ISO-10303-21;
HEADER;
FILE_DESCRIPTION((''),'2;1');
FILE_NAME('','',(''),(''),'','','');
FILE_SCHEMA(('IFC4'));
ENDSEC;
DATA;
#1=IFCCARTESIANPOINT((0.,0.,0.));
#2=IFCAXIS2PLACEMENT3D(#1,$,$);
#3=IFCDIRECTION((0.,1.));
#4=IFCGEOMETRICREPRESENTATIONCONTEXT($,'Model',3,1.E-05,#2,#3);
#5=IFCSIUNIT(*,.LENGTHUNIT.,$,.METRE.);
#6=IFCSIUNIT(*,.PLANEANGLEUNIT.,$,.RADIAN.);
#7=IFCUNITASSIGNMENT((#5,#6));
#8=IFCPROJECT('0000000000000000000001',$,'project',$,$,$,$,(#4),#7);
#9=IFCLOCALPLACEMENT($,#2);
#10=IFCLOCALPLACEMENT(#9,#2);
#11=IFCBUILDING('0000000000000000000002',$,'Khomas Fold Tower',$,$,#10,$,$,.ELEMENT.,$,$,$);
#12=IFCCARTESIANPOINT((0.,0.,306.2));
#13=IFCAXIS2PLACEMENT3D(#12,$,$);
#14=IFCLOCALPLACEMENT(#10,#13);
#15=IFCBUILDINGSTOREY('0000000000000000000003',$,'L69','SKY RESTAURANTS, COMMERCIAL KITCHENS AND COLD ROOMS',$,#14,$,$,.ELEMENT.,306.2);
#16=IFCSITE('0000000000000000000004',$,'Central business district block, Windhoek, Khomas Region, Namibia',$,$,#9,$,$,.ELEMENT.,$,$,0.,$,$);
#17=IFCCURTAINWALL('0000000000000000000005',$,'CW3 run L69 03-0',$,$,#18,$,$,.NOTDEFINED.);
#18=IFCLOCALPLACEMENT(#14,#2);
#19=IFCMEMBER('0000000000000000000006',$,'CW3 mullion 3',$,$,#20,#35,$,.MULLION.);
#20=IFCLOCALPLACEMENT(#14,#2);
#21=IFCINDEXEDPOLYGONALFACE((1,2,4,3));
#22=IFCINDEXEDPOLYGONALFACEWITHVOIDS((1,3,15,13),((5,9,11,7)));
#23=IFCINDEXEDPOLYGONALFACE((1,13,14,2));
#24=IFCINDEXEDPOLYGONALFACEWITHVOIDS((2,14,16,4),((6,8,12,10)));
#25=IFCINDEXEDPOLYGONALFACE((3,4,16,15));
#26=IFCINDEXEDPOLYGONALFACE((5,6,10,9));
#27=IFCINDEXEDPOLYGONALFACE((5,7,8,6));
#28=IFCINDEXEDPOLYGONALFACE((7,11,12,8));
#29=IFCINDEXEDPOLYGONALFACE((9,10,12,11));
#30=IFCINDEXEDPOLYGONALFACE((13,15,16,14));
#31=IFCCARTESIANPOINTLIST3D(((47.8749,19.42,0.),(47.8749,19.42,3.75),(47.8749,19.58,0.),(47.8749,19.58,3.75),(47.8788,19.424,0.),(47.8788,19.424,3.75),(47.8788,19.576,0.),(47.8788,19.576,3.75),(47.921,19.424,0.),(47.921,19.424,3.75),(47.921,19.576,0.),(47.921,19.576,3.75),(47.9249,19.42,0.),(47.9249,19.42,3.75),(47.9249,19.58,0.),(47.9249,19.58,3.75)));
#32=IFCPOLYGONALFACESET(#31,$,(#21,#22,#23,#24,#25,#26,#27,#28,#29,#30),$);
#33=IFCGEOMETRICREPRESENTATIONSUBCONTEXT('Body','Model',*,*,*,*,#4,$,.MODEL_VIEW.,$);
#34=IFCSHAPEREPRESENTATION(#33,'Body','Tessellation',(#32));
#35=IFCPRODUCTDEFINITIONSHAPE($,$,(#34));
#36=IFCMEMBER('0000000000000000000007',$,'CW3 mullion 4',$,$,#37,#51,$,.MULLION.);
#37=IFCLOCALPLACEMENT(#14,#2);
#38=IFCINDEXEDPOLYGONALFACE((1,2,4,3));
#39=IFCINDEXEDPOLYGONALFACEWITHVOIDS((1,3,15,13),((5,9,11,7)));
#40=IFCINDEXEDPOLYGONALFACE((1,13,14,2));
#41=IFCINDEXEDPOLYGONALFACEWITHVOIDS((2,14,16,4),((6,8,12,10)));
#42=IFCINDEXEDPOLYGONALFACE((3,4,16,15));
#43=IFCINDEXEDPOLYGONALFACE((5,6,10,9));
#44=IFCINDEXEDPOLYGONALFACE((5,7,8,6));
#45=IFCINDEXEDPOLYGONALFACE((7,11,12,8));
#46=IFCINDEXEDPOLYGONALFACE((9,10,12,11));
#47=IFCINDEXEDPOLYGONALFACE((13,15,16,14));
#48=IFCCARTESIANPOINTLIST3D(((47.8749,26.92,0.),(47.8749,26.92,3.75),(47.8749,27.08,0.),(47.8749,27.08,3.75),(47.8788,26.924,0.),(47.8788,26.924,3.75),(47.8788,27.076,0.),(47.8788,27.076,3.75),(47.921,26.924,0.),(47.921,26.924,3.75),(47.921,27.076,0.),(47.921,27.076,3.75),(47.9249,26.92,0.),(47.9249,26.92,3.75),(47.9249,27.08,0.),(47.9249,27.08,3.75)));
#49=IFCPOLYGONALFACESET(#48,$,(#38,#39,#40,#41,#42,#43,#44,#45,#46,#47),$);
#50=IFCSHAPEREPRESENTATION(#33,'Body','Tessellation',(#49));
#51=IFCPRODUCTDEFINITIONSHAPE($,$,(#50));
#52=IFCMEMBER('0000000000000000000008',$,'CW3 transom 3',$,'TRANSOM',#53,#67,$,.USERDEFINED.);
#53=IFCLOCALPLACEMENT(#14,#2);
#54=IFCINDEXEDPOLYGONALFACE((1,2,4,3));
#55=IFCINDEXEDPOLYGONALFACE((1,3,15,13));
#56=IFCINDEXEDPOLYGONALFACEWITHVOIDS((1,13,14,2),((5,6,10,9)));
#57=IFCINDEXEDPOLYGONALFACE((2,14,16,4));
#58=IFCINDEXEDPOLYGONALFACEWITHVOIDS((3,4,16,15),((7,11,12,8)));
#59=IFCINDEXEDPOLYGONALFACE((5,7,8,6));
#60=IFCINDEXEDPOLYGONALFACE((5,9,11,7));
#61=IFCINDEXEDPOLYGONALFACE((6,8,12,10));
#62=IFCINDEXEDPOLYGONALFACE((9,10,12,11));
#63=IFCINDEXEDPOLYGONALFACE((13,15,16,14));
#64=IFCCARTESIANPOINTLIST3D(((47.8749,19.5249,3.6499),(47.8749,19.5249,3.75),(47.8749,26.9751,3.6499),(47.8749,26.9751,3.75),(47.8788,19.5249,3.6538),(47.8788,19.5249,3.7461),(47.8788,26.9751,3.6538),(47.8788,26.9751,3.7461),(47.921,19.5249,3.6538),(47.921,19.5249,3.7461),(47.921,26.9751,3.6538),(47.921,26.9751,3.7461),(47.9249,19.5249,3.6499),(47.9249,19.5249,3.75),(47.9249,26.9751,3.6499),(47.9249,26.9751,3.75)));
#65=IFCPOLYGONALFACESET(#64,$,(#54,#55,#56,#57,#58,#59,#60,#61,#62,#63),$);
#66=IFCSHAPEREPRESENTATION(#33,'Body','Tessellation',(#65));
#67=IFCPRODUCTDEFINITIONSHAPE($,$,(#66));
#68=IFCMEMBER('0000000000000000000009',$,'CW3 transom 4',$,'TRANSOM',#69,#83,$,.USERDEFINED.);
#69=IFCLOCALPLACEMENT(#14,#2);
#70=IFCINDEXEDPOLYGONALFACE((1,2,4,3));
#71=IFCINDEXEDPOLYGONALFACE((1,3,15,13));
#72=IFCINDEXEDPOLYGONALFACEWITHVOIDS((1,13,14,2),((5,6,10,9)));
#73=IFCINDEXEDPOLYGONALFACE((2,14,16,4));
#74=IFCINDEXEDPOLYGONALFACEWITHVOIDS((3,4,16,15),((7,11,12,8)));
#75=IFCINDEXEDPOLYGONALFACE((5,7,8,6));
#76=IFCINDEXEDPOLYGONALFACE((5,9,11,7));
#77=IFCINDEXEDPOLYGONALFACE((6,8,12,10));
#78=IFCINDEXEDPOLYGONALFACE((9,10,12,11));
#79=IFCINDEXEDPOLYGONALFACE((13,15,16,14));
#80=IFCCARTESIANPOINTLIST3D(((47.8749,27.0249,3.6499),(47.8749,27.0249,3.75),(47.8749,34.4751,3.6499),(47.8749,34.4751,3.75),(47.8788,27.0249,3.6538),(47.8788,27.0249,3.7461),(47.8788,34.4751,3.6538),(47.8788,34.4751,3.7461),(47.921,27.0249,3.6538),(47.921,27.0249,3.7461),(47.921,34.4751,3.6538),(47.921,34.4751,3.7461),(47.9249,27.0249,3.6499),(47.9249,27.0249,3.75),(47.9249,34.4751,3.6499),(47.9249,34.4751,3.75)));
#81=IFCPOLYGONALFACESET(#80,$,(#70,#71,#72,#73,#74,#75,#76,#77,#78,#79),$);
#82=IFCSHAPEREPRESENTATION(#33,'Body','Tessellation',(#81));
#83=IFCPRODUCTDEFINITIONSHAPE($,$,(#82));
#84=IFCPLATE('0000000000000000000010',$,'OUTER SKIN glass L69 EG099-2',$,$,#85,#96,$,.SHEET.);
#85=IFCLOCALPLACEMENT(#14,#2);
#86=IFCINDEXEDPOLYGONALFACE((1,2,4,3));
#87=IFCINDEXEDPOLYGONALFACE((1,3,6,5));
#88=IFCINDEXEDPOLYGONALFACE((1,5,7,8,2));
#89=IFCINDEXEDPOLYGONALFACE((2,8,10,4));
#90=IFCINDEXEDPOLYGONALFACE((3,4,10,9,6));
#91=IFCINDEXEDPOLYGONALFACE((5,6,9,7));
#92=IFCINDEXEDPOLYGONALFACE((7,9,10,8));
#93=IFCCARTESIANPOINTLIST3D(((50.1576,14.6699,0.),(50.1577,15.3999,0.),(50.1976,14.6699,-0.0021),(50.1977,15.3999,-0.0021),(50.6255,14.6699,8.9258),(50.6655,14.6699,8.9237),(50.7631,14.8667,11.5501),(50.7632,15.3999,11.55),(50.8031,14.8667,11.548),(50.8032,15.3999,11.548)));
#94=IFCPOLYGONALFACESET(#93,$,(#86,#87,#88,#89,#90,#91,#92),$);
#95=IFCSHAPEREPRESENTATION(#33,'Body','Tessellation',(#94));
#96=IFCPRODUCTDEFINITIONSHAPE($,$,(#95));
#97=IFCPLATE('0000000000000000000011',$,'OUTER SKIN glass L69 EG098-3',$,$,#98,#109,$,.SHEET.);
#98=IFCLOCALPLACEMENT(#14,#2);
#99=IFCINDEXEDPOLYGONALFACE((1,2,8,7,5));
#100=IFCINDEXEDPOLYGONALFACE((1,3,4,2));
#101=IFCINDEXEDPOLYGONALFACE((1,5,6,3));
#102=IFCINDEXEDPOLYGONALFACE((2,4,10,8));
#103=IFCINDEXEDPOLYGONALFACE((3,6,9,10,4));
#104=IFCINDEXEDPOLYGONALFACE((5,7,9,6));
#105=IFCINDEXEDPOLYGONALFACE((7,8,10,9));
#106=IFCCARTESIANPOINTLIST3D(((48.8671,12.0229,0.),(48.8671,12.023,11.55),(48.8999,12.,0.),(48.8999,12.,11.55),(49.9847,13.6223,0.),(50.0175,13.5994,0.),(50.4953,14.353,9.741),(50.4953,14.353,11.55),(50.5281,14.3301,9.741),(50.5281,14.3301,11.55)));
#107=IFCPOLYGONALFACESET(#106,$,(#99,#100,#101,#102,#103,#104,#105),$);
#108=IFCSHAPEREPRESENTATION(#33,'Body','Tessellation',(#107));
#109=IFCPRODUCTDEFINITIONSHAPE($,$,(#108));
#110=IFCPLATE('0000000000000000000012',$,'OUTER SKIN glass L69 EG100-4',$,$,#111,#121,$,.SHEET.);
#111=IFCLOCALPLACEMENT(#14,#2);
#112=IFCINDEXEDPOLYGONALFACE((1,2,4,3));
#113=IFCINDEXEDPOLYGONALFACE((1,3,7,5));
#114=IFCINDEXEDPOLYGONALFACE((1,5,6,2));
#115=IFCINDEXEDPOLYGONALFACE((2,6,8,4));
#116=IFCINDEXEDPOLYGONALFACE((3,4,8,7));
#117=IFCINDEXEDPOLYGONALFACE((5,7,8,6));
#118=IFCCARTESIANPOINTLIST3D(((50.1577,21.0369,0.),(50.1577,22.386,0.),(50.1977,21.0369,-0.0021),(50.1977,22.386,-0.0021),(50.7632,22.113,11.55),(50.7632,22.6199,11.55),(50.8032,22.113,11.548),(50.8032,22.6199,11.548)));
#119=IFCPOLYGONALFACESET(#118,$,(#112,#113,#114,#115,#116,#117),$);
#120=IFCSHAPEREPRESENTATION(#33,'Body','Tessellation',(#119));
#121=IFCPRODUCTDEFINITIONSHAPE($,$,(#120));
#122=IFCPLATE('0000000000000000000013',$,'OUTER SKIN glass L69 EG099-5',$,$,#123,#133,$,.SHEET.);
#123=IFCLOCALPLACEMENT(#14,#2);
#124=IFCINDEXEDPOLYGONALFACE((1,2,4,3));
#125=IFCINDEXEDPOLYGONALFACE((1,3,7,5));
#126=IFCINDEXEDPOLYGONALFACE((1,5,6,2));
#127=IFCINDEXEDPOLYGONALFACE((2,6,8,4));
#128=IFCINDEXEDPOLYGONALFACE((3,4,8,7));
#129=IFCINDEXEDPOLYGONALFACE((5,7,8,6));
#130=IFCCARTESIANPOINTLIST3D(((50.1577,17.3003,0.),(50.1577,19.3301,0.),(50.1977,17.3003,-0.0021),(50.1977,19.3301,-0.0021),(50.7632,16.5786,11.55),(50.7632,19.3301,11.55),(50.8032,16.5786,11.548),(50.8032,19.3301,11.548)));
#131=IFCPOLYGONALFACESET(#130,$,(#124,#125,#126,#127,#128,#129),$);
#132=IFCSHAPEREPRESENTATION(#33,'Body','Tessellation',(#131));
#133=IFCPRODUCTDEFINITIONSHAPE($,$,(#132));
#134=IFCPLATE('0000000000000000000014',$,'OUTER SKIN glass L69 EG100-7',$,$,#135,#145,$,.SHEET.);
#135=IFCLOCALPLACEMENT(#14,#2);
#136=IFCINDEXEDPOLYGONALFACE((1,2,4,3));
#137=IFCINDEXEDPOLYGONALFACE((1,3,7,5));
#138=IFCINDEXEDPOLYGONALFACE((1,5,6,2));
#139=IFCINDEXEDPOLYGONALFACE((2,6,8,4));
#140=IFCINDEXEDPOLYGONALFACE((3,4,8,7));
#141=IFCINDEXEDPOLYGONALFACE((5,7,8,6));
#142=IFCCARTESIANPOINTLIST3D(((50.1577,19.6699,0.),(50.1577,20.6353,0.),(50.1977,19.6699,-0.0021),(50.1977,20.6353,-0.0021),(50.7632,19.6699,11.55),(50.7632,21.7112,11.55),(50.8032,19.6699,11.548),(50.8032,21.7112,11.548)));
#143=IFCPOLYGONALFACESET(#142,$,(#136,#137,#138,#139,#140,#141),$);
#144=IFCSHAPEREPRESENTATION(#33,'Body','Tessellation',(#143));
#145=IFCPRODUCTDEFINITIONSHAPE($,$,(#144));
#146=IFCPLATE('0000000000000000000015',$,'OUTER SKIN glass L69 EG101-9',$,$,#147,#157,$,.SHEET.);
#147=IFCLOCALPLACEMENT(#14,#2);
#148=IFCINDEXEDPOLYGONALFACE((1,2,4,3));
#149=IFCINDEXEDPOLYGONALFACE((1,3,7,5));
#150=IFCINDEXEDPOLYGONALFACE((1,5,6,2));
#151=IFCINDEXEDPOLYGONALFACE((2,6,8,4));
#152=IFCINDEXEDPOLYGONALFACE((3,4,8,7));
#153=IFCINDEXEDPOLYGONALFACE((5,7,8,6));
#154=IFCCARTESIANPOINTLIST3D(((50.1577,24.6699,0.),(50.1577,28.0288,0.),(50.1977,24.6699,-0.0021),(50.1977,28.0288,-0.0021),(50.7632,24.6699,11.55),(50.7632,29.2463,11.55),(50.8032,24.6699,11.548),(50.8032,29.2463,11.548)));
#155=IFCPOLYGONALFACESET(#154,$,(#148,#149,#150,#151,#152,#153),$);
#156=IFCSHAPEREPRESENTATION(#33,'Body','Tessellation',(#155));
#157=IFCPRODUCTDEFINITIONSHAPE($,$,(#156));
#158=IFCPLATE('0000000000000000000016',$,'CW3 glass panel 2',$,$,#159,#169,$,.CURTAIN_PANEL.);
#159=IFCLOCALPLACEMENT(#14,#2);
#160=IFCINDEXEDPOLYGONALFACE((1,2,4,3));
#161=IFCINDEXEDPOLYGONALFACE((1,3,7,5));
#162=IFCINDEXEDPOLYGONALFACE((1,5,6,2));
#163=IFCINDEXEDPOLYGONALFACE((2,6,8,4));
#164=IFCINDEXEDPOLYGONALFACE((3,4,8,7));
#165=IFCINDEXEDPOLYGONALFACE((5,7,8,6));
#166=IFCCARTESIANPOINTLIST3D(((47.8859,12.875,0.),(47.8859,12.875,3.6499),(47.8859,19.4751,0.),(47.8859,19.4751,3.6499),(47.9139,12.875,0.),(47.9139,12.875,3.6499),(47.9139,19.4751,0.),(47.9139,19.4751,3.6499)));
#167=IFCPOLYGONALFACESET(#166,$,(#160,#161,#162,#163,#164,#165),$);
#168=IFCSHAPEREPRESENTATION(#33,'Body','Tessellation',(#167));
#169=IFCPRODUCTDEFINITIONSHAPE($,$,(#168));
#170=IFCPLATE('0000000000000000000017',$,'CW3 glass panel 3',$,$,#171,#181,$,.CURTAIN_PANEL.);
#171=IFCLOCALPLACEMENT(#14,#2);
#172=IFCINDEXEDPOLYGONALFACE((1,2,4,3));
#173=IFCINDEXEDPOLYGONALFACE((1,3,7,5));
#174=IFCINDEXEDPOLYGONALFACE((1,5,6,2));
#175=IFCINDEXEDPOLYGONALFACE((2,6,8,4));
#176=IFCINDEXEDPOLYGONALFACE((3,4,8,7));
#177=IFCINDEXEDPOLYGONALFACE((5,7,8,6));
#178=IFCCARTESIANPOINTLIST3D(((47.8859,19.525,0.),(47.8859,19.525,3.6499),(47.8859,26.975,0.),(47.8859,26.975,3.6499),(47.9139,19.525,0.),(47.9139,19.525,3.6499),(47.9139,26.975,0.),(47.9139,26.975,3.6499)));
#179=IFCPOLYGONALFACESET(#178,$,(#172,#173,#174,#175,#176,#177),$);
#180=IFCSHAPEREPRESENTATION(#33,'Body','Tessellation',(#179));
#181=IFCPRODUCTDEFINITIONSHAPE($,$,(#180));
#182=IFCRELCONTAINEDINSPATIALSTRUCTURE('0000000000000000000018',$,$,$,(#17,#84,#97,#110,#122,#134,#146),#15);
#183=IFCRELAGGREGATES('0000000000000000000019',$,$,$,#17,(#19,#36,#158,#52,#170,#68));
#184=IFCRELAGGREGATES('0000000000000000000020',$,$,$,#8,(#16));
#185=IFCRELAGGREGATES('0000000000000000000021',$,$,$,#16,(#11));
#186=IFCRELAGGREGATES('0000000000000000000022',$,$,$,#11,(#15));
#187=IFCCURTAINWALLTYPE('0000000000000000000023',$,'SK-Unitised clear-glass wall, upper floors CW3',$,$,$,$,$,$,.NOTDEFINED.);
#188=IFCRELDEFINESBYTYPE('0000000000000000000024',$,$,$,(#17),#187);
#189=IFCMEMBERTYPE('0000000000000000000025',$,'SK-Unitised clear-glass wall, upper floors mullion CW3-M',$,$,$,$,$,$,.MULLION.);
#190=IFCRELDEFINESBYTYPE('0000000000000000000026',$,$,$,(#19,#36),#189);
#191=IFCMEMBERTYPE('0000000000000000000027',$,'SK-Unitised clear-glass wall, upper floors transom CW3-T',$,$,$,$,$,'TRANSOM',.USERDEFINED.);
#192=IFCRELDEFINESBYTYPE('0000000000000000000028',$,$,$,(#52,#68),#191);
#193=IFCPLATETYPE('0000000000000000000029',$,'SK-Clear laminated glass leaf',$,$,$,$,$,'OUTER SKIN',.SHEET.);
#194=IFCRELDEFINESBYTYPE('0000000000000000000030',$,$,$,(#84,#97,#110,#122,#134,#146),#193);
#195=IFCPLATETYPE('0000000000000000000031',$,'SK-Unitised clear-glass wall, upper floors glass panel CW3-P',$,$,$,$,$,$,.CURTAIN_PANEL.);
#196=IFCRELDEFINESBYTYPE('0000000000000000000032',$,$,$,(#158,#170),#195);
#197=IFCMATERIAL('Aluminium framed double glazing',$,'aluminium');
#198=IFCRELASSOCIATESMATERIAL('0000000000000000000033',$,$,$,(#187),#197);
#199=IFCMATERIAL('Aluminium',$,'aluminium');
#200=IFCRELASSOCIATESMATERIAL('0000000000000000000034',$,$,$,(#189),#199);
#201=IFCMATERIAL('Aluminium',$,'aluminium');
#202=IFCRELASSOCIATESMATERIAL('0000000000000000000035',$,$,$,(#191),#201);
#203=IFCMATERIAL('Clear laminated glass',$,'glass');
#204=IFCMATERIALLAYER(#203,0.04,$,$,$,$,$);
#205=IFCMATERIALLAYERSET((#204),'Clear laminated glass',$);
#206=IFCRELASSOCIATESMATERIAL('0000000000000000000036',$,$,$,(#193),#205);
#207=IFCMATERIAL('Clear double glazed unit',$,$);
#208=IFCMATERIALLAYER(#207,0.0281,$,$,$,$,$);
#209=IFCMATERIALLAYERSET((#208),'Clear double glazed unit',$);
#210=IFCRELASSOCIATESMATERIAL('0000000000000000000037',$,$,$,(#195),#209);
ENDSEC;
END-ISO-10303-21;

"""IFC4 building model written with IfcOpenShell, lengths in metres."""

from ifc_helpers import new_model, si_unit, direction, frame, origin, origin_2d, place, context, subcontext, project, spatial, polyline, rectangle, hollow_rectangle, outline, extrude, source, transform, mapped, material, layer, layer_set, material_profile, profile_set, type_object, element, aggregate, save


model = new_model("IFC4")

# Units and contexts
model_context = context("Model", 3, precision=1e-05, world=origin(), true_north=direction((0.0, 1.0)))
body_context = subcontext(model_context, "Body", "Model", "MODEL_VIEW")
ifc_project = project(units=[si_unit("LENGTHUNIT", "METRE"), si_unit("PLANEANGLEUNIT", "RADIAN")], contexts=[model_context])

# Site, building, storey
site_placement = place(None, origin())
site = spatial("IfcSite", under=ifc_project, at=site_placement, Name="Central business district block, Windhoek, Khomas Region, Namibia", CompositionType="ELEMENT", RefElevation=0.0)
building_placement = place(site_placement, origin())
building = spatial("IfcBuilding", under=site, at=building_placement, Name="Khomas Fold Tower", CompositionType="ELEMENT")
storey_placement = place(building_placement, frame((0.0, 0.0, 306.2)))
storey = spatial("IfcBuildingStorey", under=building, at=storey_placement, Name="L69", Description="SKY RESTAURANTS, COMMERCIAL KITCHENS AND COLD ROOMS", CompositionType="ELEMENT", Elevation=306.2)

# Curtain wall, members
ifc_material_1 = material(Name="Aluminium framed double glazing", Category="aluminium")
curtain_wall_type = type_object("IfcCurtainWallType", Name="SK-Unitised clear-glass wall, upper floors CW3", PredefinedType="NOTDEFINED", material=ifc_material_1)
curtain_wall_placement = place(storey_placement, origin())
curtain_wall = element("IfcCurtainWall", 1, at=curtain_wall_placement, inside=storey, type_object=curtain_wall_type, Name="CW3 run L69 03-0", PredefinedType="NOTDEFINED")
ifc_material_2 = material(Name="Aluminium", Category="aluminium")
ifc_material_profile_1 = material_profile(ifc_material_2, hollow_rectangle(XDim=0.05, YDim=0.1599, WallThickness=0.0039, at=origin_2d()), Name="SK-Unitised clear-glass wall, upper floors mullion CW3-M")
ifc_profile_set_1 = profile_set([ifc_material_profile_1], Name="Aluminium")
member_type_1 = type_object("IfcMemberType", Name="SK-Unitised clear-glass wall, upper floors mullion CW3-M", PredefinedType="MULLION", material=ifc_profile_set_1)
shared_shape_1 = source(origin(), body_context, "Body", "SweptSolid", [
    extrude(hollow_rectangle(XDim=0.05, YDim=0.1599, WallThickness=0.0039, at=origin_2d()), origin(), (0.0, 0.0, 1.0), 3.75),
])
member_1_placement = place(storey_placement, frame((47.8999, 19.5, 0.0), z_axis=(0.0, 0.0, 1.0), x_axis=(-1.0, 0.0, 0.0)))
member_1 = element("IfcMember", 2, at=member_1_placement, type_object=member_type_1, Name="CW3 mullion 3", PredefinedType="MULLION", context=body_context, shape_type="MappedRepresentation", body=[
    mapped(shared_shape_1, transform((0.0, 0.0, 0.0))),
])
member_2_placement = place(storey_placement, frame((47.8999, 27.0, 0.0), z_axis=(0.0, 0.0, 1.0), x_axis=(-1.0, 0.0, 0.0)))
member_2 = element("IfcMember", 3, at=member_2_placement, type_object=member_type_1, Name="CW3 mullion 4", PredefinedType="MULLION", context=body_context, shape_type="MappedRepresentation", body=[
    mapped(shared_shape_1, transform((0.0, 0.0, 0.0))),
])
ifc_material_3 = material(Name="Aluminium", Category="aluminium")
ifc_material_profile_2 = material_profile(ifc_material_3, hollow_rectangle(XDim=0.05, YDim=0.1001, WallThickness=0.0039, at=origin_2d()), Name="SK-Unitised clear-glass wall, upper floors transom CW3-T")
ifc_profile_set_2 = profile_set([ifc_material_profile_2], Name="Aluminium")
member_type_2 = type_object("IfcMemberType", Name="SK-Unitised clear-glass wall, upper floors transom CW3-T", ElementType="TRANSOM", PredefinedType="USERDEFINED", material=ifc_profile_set_2)
shared_shape_2 = source(origin(), body_context, "Body", "SweptSolid", [
    extrude(hollow_rectangle(XDim=0.05, YDim=0.1001, WallThickness=0.0039, at=origin_2d()), origin(), (0.0, 0.0, 1.0), 7.4502),
])
member_3_placement = place(storey_placement, frame((47.8999, 19.5249, 3.7), z_axis=(0.0, 1.0, 0.0), x_axis=(-1.0, 0.0, 0.0)))
member_3 = element("IfcMember", 4, at=member_3_placement, type_object=member_type_2, Name="CW3 transom 3", ObjectType="TRANSOM", PredefinedType="USERDEFINED", context=body_context, shape_type="MappedRepresentation", body=[
    mapped(shared_shape_2, transform((0.0, 0.0, 0.0))),
])
member_4_placement = place(storey_placement, frame((47.8999, 27.0249, 3.7), z_axis=(0.0, 1.0, 0.0), x_axis=(-1.0, 0.0, 0.0)))
member_4 = element("IfcMember", 5, at=member_4_placement, type_object=member_type_2, Name="CW3 transom 4", ObjectType="TRANSOM", PredefinedType="USERDEFINED", context=body_context, shape_type="MappedRepresentation", body=[
    mapped(shared_shape_2, transform((0.0, 0.0, 0.0))),
])

# Plates
ifc_material_4 = material(Name="Clear laminated glass", Category="glass")
ifc_layer_1 = layer(ifc_material_4, 0.04)
ifc_layer_set_1 = layer_set([ifc_layer_1], Name="Clear laminated glass")
plate_type_1 = type_object("IfcPlateType", Name="SK-Clear laminated glass leaf", ElementType="OUTER SKIN", PredefinedType="SHEET", material=ifc_layer_set_1)
plate_1_placement = place(storey_placement, frame((50.1577, 15.3999, 0.0), z_axis=(-0.998629, 0.00009, 0.052348), x_axis=(-0.00009, -1.0, 0.000005)))
element("IfcPlate", 6, at=plate_1_placement, inside=storey, type_object=plate_type_1, Name="OUTER SKIN glass L69 EG099-2", PredefinedType="SHEET", context=body_context, shape_type="SweptSolid", body=[
    extrude(outline(polyline([(0.0, 0.0), (0.73, 0.0), (0.73, 8.938), (0.5332, 11.5659), (0.0, 11.5659), (0.0, 0.0)])), origin(), (0.0, 0.0, -1.0), 0.04),
])
plate_2_placement = place(storey_placement, frame((50.5281, 14.3301, 11.55), z_axis=(0.8197, -0.572793, 0.000004), x_axis=(0.000003, -0.000002, -1.0)))
element("IfcPlate", 7, at=plate_2_placement, inside=storey, type_object=plate_type_1, Name="OUTER SKIN glass L69 EG098-3", PredefinedType="SHEET", context=body_context, shape_type="SweptSolid", body=[
    extrude(outline(polyline([(0.0, 0.0), (1.8091, 0.0), (11.55, -0.8914), (11.55, -2.8426), (0.0, -2.8426), (0.0, 0.0)])), origin(), (0.0, 0.0, -1.0), 0.04),
])
plate_3_placement = place(storey_placement, frame((50.1577, 22.386, 0.0), z_axis=(-0.998629, 0.0, 0.052349), x_axis=(0.0, -1.0, 0.0)))
element("IfcPlate", 8, at=plate_3_placement, inside=storey, type_object=plate_type_1, Name="OUTER SKIN glass L69 EG100-4", PredefinedType="SHEET", context=body_context, shape_type="SweptSolid", body=[
    extrude(outline(polyline([(0.0, 0.0), (1.3491, 0.0), (0.2729, 11.5659), (-0.2339, 11.5659), (0.0, 0.0)])), origin(), (0.0, 0.0, -1.0), 0.04),
])
plate_4_placement = place(storey_placement, frame((50.1577, 17.3003, 0.0), z_axis=(-0.998629, 0.0, 0.052349), x_axis=(0.052248, -0.062276, 0.99669)))
element("IfcPlate", 9, at=plate_4_placement, inside=storey, type_object=plate_type_1, Name="OUTER SKIN glass L69 EG099-5", PredefinedType="SHEET", context=body_context, shape_type="SweptSolid", body=[
    extrude(outline(polyline([(0.0, 0.0), (11.5884, 0.0), (11.4171, 2.7461), (-0.1264, 2.0258), (0.0, 0.0)])), origin(), (0.0, 0.0, -1.0), 0.04),
])
plate_5_placement = place(storey_placement, frame((50.1577, 20.6353, 0.0), z_axis=(-0.998629, 0.0, 0.052349), x_axis=(0.0, -1.0, 0.0)))
element("IfcPlate", 10, at=plate_5_placement, inside=storey, type_object=plate_type_1, Name="OUTER SKIN glass L69 EG100-7", PredefinedType="SHEET", context=body_context, shape_type="SweptSolid", body=[
    extrude(outline(polyline([(0.0, 0.0), (0.9653, 0.0), (0.9653, 11.5659), (-1.0759, 11.5659), (0.0, 0.0)])), origin(), (0.0, 0.0, -1.0), 0.04),
])
plate_6_placement = place(storey_placement, frame((50.1577, 28.0288, 0.0), z_axis=(-0.998629, 0.0, 0.052349), x_axis=(0.0, -1.0, 0.0)))
element("IfcPlate", 11, at=plate_6_placement, inside=storey, type_object=plate_type_1, Name="OUTER SKIN glass L69 EG101-9", PredefinedType="SHEET", context=body_context, shape_type="SweptSolid", body=[
    extrude(outline(polyline([(0.0, 0.0), (3.3589, 0.0), (3.3589, 11.5659), (-1.2175, 11.5659), (0.0, 0.0)])), origin(), (0.0, 0.0, -1.0), 0.04),
])

# Plates
ifc_material_5 = material(Name="Clear double glazed unit")
ifc_layer_2 = layer(ifc_material_5, 0.0281)
ifc_layer_set_2 = layer_set([ifc_layer_2], Name="Clear double glazed unit")
plate_type_2 = type_object("IfcPlateType", Name="SK-Unitised clear-glass wall, upper floors glass panel CW3-P", PredefinedType="CURTAIN_PANEL", material=ifc_layer_set_2)
shared_shape_3 = source(origin(), body_context, "Body", "SweptSolid", [
    extrude(rectangle(XDim=6.6001, YDim=0.0281, at=origin_2d()), origin(), (0.0, 0.0, 1.0), 3.6499),
])
plate_7_placement = place(storey_placement, frame((47.8999, 16.175, 0.0), z_axis=(0.0, 0.0, 1.0), x_axis=(0.0, 1.0, 0.0)))
plate_7 = element("IfcPlate", 12, at=plate_7_placement, type_object=plate_type_2, Name="CW3 glass panel 2", PredefinedType="CURTAIN_PANEL", context=body_context, shape_type="MappedRepresentation", body=[
    mapped(shared_shape_3, transform((0.0, 0.0, 0.0))),
])
shared_shape_4 = source(origin(), body_context, "Body", "SweptSolid", [
    extrude(rectangle(XDim=7.45, YDim=0.0281, at=origin_2d()), origin(), (0.0, 0.0, 1.0), 3.6499),
])
plate_8_placement = place(storey_placement, frame((47.8999, 23.25, 0.0), z_axis=(0.0, 0.0, 1.0), x_axis=(0.0, 1.0, 0.0)))
plate_8 = element("IfcPlate", 13, at=plate_8_placement, type_object=plate_type_2, Name="CW3 glass panel 3", PredefinedType="CURTAIN_PANEL", context=body_context, shape_type="MappedRepresentation", body=[
    mapped(shared_shape_4, transform((0.0, 0.0, 0.0))),
])
aggregate(curtain_wall, [member_1, member_2, plate_7, member_3, plate_8, member_4])

save(model, "model.ifc")
